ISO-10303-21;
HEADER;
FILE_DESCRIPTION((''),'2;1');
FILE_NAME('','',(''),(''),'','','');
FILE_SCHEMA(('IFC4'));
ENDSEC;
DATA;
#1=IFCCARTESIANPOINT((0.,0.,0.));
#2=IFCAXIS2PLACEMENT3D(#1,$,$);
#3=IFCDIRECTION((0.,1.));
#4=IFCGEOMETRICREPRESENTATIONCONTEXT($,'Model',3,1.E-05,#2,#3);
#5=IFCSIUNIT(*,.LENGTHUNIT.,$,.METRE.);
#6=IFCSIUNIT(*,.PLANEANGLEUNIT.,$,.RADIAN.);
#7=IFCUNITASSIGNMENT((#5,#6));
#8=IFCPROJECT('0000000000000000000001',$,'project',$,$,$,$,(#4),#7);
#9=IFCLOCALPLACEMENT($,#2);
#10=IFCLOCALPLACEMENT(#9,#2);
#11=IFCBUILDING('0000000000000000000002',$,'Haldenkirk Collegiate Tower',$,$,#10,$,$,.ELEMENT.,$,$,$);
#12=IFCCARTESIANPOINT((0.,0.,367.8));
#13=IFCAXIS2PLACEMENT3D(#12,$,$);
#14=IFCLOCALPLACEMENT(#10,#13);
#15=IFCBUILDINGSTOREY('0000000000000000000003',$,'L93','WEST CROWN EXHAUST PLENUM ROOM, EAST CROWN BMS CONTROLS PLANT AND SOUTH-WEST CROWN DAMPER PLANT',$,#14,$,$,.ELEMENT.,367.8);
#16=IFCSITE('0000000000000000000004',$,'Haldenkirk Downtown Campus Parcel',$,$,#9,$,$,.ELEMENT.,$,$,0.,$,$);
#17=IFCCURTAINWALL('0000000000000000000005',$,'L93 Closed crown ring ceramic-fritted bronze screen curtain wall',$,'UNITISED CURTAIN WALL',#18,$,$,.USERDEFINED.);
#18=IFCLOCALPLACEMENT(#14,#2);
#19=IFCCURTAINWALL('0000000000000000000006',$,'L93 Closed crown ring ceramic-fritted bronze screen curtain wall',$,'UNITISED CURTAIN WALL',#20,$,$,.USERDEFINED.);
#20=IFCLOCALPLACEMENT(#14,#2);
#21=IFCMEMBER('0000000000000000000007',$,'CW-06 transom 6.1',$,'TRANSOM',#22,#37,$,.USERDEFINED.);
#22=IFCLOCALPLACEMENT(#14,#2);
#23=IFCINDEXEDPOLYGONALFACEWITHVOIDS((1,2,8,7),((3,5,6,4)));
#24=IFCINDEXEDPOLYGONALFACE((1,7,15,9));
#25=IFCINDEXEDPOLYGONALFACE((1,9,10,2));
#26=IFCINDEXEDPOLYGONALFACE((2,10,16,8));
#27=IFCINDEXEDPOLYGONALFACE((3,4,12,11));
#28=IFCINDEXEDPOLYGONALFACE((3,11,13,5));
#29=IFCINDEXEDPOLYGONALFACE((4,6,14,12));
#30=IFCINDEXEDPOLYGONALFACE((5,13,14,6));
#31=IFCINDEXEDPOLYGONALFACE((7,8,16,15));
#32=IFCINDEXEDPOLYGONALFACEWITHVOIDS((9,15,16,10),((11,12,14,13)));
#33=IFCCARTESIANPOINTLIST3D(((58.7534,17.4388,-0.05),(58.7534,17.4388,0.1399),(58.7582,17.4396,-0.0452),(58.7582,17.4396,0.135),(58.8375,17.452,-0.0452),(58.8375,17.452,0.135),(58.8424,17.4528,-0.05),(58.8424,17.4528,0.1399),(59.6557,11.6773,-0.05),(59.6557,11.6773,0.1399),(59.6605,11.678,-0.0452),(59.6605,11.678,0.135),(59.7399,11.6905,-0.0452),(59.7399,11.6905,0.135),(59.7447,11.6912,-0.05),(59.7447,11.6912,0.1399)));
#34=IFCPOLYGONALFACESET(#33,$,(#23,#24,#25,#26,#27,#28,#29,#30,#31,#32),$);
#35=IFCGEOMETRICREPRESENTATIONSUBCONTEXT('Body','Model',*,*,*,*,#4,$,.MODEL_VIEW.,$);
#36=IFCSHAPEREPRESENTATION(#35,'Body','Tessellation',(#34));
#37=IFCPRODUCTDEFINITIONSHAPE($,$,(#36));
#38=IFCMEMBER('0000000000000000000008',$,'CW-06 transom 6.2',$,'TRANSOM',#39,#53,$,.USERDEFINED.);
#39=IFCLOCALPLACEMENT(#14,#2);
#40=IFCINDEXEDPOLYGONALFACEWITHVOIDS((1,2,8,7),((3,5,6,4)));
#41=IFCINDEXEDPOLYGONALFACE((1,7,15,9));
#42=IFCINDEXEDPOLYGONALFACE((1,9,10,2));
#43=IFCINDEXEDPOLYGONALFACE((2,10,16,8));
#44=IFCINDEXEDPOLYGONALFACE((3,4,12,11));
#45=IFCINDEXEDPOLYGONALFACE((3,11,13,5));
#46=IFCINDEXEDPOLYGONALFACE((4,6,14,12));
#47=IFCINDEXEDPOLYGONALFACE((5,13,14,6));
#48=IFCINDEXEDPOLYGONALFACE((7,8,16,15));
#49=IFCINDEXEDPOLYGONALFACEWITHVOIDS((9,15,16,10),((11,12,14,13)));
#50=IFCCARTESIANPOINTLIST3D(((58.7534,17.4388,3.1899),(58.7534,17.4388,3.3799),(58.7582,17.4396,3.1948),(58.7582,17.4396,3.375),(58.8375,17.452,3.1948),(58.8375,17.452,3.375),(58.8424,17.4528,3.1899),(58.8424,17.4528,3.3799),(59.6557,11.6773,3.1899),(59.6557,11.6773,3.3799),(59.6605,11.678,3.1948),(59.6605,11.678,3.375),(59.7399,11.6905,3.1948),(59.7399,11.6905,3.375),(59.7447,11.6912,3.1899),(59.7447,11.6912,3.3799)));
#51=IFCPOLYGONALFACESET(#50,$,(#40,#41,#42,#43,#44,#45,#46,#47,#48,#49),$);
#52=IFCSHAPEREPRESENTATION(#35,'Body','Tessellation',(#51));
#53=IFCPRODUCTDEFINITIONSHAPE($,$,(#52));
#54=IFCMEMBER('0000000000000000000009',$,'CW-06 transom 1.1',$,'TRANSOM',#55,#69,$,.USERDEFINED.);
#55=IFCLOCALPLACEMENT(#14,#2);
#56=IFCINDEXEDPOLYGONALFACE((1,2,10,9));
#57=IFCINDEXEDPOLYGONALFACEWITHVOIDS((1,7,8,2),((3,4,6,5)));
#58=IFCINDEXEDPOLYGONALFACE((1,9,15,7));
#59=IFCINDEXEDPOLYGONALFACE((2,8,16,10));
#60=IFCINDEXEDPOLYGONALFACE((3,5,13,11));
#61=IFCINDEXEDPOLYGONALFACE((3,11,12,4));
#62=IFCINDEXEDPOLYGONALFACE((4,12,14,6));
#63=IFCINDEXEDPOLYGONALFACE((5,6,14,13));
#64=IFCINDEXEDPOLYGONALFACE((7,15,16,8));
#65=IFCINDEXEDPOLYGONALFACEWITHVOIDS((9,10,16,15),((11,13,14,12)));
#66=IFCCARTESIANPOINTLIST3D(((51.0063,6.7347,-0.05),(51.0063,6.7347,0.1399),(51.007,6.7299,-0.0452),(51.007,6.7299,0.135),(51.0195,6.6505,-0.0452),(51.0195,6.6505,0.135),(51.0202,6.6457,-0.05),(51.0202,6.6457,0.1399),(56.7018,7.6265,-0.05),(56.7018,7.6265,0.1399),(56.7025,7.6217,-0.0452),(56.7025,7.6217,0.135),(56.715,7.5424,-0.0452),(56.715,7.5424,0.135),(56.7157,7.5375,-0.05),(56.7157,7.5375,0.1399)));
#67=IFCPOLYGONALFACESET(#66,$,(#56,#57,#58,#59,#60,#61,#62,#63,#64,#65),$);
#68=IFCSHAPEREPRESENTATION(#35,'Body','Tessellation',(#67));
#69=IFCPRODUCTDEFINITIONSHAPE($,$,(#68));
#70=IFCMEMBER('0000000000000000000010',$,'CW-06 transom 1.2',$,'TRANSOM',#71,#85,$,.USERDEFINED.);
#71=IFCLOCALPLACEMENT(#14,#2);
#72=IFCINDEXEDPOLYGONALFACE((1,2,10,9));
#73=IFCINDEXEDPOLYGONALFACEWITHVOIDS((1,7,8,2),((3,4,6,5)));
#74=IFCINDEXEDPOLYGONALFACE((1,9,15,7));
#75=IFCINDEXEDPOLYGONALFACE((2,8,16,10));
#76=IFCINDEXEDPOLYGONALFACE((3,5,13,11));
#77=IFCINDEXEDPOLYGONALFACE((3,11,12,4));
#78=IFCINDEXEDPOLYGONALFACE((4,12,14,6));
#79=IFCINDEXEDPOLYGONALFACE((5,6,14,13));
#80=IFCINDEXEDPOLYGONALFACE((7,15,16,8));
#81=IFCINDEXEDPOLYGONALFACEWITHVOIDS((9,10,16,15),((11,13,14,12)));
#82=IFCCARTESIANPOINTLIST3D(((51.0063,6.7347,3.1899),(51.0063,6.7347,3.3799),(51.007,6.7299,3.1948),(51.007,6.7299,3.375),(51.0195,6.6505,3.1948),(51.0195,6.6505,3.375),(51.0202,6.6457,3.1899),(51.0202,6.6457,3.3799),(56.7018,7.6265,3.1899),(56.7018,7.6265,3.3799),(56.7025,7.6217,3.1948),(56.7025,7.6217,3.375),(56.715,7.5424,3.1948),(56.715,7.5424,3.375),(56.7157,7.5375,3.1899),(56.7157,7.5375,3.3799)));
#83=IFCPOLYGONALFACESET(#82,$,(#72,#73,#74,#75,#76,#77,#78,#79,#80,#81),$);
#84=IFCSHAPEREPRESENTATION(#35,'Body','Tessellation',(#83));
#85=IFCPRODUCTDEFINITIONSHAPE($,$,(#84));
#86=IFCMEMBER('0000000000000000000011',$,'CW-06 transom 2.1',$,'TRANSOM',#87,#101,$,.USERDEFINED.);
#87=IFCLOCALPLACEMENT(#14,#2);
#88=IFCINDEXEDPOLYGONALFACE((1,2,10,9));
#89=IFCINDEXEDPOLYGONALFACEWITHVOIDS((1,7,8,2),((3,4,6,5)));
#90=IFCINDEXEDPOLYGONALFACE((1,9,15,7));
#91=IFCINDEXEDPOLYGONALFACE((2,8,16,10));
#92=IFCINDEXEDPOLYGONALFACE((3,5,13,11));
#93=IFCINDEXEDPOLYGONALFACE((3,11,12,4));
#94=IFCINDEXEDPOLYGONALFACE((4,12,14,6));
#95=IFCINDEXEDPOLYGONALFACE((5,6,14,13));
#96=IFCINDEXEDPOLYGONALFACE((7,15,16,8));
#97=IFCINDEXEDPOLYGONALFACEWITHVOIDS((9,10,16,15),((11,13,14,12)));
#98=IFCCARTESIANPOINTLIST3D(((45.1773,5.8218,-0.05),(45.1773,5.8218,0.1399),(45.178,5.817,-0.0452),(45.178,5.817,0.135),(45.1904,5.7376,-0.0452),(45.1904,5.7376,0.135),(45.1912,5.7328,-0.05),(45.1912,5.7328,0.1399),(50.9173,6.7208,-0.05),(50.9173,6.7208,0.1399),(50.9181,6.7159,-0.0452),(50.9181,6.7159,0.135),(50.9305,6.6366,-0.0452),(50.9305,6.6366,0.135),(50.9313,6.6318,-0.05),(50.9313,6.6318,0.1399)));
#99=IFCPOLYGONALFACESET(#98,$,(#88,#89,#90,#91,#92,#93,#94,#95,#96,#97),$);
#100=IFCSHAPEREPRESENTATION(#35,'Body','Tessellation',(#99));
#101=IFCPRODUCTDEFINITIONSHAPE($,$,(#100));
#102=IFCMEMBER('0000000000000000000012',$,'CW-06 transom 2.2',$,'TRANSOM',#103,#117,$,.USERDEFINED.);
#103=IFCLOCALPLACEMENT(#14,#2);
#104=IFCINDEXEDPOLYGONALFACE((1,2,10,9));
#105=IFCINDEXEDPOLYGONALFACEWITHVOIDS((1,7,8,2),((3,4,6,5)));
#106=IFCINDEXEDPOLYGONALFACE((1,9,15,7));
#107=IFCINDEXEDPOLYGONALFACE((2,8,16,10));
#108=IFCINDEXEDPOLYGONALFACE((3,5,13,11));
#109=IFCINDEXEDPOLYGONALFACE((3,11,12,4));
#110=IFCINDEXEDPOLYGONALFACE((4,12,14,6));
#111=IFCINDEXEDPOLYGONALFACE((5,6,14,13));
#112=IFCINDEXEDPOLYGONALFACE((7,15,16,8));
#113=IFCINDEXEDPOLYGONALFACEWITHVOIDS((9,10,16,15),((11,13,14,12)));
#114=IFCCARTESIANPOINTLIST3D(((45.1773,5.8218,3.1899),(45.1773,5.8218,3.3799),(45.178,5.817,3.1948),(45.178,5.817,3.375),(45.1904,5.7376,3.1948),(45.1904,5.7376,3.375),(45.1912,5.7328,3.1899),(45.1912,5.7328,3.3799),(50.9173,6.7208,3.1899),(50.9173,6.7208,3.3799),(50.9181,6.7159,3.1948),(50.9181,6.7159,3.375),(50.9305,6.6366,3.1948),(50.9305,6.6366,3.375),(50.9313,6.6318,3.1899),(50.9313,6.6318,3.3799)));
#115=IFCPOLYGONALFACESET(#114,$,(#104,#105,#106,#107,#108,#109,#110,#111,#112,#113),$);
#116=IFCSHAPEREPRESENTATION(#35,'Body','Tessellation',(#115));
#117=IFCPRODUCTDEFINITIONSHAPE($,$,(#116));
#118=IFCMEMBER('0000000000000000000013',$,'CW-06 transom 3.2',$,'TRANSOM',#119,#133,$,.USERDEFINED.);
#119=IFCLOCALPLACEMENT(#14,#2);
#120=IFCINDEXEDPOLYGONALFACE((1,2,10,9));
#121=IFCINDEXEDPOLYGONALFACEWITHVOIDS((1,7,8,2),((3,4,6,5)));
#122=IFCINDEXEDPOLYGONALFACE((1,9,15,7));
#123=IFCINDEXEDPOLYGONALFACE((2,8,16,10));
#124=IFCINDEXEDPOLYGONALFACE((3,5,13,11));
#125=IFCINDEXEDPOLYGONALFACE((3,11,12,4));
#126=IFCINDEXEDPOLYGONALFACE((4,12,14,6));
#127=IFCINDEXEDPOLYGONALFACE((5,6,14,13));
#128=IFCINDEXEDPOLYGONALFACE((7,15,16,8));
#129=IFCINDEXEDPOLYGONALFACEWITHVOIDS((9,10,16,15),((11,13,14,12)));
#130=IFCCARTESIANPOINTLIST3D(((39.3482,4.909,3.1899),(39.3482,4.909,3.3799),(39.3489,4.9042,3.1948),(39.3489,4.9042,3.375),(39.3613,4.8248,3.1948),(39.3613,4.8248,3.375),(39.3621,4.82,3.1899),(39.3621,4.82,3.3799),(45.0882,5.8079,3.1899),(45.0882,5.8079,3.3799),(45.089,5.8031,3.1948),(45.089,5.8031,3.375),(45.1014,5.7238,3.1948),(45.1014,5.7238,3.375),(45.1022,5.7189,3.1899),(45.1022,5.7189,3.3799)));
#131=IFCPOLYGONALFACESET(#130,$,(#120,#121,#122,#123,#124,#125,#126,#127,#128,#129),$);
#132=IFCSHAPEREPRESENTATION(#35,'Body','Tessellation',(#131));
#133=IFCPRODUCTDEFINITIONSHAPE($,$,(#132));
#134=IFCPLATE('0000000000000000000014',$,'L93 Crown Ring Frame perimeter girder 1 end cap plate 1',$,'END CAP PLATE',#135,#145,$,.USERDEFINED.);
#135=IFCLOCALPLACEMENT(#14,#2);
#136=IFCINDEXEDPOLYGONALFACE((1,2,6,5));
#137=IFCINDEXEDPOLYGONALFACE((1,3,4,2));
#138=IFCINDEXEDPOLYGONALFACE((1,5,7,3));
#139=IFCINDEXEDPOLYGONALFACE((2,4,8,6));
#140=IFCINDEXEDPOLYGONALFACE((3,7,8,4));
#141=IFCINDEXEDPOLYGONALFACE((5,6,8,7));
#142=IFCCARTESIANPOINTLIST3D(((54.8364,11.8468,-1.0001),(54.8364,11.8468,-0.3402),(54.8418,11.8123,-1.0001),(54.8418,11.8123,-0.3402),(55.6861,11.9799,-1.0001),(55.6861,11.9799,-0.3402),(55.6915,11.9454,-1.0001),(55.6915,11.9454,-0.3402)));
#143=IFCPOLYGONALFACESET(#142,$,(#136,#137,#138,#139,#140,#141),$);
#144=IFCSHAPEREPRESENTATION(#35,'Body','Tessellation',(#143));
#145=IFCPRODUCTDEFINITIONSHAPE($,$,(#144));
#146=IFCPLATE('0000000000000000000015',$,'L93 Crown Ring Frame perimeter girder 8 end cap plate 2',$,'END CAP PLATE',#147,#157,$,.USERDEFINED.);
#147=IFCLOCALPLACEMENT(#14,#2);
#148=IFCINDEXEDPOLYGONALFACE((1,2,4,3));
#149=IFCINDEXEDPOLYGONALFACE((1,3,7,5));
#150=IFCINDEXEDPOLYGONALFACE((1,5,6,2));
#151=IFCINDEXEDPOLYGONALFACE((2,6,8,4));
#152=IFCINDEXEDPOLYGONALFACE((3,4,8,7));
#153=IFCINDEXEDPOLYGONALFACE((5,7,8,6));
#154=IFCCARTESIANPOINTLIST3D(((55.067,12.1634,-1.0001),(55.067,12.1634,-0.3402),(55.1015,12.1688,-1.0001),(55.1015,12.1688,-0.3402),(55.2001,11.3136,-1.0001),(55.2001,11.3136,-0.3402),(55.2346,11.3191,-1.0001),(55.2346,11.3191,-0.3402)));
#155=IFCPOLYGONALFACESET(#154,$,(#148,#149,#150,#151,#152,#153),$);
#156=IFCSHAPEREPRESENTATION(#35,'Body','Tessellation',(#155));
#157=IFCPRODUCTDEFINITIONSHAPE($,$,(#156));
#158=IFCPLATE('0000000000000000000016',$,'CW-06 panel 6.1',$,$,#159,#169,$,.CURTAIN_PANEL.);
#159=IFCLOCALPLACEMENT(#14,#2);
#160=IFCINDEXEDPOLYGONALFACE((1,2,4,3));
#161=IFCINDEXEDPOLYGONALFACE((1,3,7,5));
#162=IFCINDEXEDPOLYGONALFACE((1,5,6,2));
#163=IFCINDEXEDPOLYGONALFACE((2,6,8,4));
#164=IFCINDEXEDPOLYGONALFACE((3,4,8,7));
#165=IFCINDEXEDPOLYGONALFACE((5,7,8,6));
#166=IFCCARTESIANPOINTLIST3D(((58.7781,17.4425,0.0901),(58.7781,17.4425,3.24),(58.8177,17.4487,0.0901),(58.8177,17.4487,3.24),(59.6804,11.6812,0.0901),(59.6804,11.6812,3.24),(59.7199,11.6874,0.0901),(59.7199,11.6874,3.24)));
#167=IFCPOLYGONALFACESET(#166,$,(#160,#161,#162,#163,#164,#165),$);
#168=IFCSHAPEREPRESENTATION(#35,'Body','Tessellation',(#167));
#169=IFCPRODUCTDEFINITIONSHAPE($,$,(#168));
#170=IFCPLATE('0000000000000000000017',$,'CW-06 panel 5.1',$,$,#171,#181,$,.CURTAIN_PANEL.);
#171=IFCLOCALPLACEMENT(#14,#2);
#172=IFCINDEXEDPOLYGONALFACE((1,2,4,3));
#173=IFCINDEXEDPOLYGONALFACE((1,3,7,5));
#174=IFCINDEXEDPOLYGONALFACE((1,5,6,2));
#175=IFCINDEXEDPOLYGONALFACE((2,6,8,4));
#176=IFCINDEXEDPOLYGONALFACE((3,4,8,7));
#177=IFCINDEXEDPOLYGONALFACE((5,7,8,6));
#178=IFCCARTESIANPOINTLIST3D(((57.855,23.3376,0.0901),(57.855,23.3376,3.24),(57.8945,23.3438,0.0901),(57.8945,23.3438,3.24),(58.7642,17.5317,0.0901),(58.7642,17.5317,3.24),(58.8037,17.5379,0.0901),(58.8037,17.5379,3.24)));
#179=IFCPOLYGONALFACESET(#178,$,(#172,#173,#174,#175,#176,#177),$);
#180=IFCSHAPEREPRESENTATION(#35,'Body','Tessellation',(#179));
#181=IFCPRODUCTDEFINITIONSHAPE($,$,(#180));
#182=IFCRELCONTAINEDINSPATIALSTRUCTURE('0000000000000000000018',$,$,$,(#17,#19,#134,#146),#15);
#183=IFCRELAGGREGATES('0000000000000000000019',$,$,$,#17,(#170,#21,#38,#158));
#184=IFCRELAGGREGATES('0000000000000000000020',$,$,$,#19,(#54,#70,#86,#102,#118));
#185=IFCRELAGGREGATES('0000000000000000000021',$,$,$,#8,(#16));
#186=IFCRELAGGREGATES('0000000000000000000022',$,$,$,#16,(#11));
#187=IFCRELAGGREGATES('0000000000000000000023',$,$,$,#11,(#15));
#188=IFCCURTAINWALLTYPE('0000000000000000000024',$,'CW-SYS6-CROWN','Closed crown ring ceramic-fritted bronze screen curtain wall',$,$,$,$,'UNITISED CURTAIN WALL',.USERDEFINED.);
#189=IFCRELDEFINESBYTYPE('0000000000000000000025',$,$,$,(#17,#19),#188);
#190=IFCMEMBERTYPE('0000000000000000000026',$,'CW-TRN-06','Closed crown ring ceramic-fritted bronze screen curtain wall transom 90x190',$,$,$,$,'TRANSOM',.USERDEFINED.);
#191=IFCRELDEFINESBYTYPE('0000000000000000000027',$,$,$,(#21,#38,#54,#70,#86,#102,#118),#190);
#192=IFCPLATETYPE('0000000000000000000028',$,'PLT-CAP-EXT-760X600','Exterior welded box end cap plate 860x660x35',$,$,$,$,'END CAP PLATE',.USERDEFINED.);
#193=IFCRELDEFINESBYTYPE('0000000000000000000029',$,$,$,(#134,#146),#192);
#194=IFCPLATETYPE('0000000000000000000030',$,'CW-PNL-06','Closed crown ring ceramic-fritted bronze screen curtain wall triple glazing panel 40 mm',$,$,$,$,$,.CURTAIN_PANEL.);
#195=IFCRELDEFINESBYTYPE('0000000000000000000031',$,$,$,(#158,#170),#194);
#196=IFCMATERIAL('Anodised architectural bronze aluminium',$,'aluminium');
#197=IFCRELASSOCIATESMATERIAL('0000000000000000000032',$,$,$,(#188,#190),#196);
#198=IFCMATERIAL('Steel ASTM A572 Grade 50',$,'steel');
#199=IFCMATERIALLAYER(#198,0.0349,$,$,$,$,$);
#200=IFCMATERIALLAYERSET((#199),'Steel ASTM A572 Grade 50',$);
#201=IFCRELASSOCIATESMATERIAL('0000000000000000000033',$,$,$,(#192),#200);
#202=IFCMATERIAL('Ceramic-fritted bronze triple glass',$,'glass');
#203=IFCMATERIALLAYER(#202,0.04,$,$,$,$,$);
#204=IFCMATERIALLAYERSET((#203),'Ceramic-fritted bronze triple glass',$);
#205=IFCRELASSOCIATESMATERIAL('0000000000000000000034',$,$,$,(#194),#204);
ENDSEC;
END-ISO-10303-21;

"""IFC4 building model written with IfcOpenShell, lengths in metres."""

from ifc_helpers import new_model, si_unit, direction, frame, origin, origin_2d, place, context, subcontext, project, spatial, rectangle, hollow_rectangle, extrude, source, transform, mapped, material, layer, layer_set, material_profile, profile_set, type_object, element, aggregate, save


model = new_model("IFC4")

# Units and contexts
model_context = context("Model", 3, precision=1e-05, world=origin(), true_north=direction((0.0, 1.0)))
body_context = subcontext(model_context, "Body", "Model", "MODEL_VIEW")
ifc_project = project(units=[si_unit("LENGTHUNIT", "METRE"), si_unit("PLANEANGLEUNIT", "RADIAN")], contexts=[model_context])

# Site, building, storey
site_placement = place(None, origin())
site = spatial("IfcSite", under=ifc_project, at=site_placement, Name="Haldenkirk Downtown Campus Parcel", CompositionType="ELEMENT", RefElevation=0.0)
building_placement = place(site_placement, origin())
building = spatial("IfcBuilding", under=site, at=building_placement, Name="Haldenkirk Collegiate Tower", CompositionType="ELEMENT")
storey_placement = place(building_placement, frame((0.0, 0.0, 367.8)))
storey = spatial("IfcBuildingStorey", under=building, at=storey_placement, Name="L93", Description="WEST CROWN EXHAUST PLENUM ROOM, EAST CROWN BMS CONTROLS PLANT AND SOUTH-WEST CROWN DAMPER PLANT", CompositionType="ELEMENT", Elevation=367.8)

# Shared definitions
ifc_material_1 = material(Name="Steel ASTM A572 Grade 50", Category="steel")

# Curtain walls
ifc_material_2 = material(Name="Anodised architectural bronze aluminium", Category="aluminium")
curtain_wall_type = type_object("IfcCurtainWallType", Name="CW-SYS6-CROWN", Description="Closed crown ring ceramic-fritted bronze screen curtain wall", ElementType="UNITISED CURTAIN WALL", PredefinedType="USERDEFINED", material=ifc_material_2)
curtain_wall_1_placement = place(storey_placement, origin())
curtain_wall_1 = element("IfcCurtainWall", 1, at=curtain_wall_1_placement, inside=storey, type_object=curtain_wall_type, Name="L93 Closed crown ring ceramic-fritted bronze screen curtain wall", ObjectType="UNITISED CURTAIN WALL", PredefinedType="USERDEFINED")
curtain_wall_2_placement = place(storey_placement, origin())
curtain_wall_2 = element("IfcCurtainWall", 2, at=curtain_wall_2_placement, inside=storey, type_object=curtain_wall_type, Name="L93 Closed crown ring ceramic-fritted bronze screen curtain wall", ObjectType="UNITISED CURTAIN WALL", PredefinedType="USERDEFINED")

# Members
ifc_material_profile_1 = material_profile(ifc_material_2, hollow_rectangle(XDim=0.0901, YDim=0.1899, WallThickness=0.0049, at=origin_2d()), Name="CW-TRN-06")
ifc_profile_set_1 = profile_set([ifc_material_profile_1], Name="Anodised architectural bronze aluminium")
member_type_1 = type_object("IfcMemberType", Name="CW-TRN-06", Description="Closed crown ring ceramic-fritted bronze screen curtain wall transom 90x190", ElementType="TRANSOM", PredefinedType="USERDEFINED", material=ifc_profile_set_1)
member_1_placement = place(storey_placement, frame((58.7979, 17.4458, 0.0449), z_axis=(0.154731, -0.987957, 0.0), x_axis=(0.987957, 0.154731, 0.0)))
member_1 = element("IfcMember", 3, at=member_1_placement, type_object=member_type_1, Name="CW-06 transom 6.1", ObjectType="TRANSOM", PredefinedType="USERDEFINED", context=body_context, shape_type="SweptSolid", body=[
    extrude(hollow_rectangle(XDim=0.0901, YDim=0.1899, WallThickness=0.0049, at=origin_2d()), origin(), (0.0, 0.0, 1.0), 5.8318),
])
member_2_placement = place(storey_placement, frame((58.7979, 17.4458, 3.2849), z_axis=(0.154731, -0.987957, 0.0), x_axis=(0.987957, 0.154731, 0.0)))
member_2 = element("IfcMember", 4, at=member_2_placement, type_object=member_type_1, Name="CW-06 transom 6.2", ObjectType="TRANSOM", PredefinedType="USERDEFINED", context=body_context, shape_type="SweptSolid", body=[
    extrude(hollow_rectangle(XDim=0.0901, YDim=0.1899, WallThickness=0.0049, at=origin_2d()), origin(), (0.0, 0.0, 1.0), 5.8318),
])
member_3_placement = place(storey_placement, frame((56.7087, 7.582, 0.0449), z_axis=(-0.987961, -0.154701, 0.0), x_axis=(0.154701, -0.987961, 0.0)))
member_3 = element("IfcMember", 5, at=member_3_placement, type_object=member_type_1, Name="CW-06 transom 1.1", ObjectType="TRANSOM", PredefinedType="USERDEFINED", context=body_context, shape_type="SweptSolid", body=[
    extrude(hollow_rectangle(XDim=0.0901, YDim=0.1899, WallThickness=0.0049, at=origin_2d()), origin(), (0.0, 0.0, 1.0), 5.7649),
])
member_4_placement = place(storey_placement, frame((56.7087, 7.582, 3.2849), z_axis=(-0.987961, -0.154701, 0.0), x_axis=(0.154701, -0.987961, 0.0)))
member_4 = element("IfcMember", 6, at=member_4_placement, type_object=member_type_1, Name="CW-06 transom 1.2", ObjectType="TRANSOM", PredefinedType="USERDEFINED", context=body_context, shape_type="SweptSolid", body=[
    extrude(hollow_rectangle(XDim=0.0901, YDim=0.1899, WallThickness=0.0049, at=origin_2d()), origin(), (0.0, 0.0, 1.0), 5.7649),
])
member_5_placement = place(storey_placement, frame((50.9243, 6.6763, 0.0449), z_axis=(-0.987958, -0.154722, 0.0), x_axis=(0.154722, -0.987958, 0.0)))
member_5 = element("IfcMember", 7, at=member_5_placement, type_object=member_type_1, Name="CW-06 transom 2.1", ObjectType="TRANSOM", PredefinedType="USERDEFINED", context=body_context, shape_type="SweptSolid", body=[
    extrude(hollow_rectangle(XDim=0.0901, YDim=0.1899, WallThickness=0.0049, at=origin_2d()), origin(), (0.0, 0.0, 1.0), 5.8101),
])
member_6_placement = place(storey_placement, frame((50.9243, 6.6763, 3.2849), z_axis=(-0.987958, -0.154722, 0.0), x_axis=(0.154722, -0.987958, 0.0)))
member_6 = element("IfcMember", 8, at=member_6_placement, type_object=member_type_1, Name="CW-06 transom 2.2", ObjectType="TRANSOM", PredefinedType="USERDEFINED", context=body_context, shape_type="SweptSolid", body=[
    extrude(hollow_rectangle(XDim=0.0901, YDim=0.1899, WallThickness=0.0049, at=origin_2d()), origin(), (0.0, 0.0, 1.0), 5.8101),
])
member_7_placement = place(storey_placement, frame((45.0952, 5.7634, 3.2849), z_axis=(-0.987958, -0.154722, 0.0), x_axis=(0.154722, -0.987958, 0.0)))
member_7 = element("IfcMember", 9, at=member_7_placement, type_object=member_type_1, Name="CW-06 transom 3.2", ObjectType="TRANSOM", PredefinedType="USERDEFINED", context=body_context, shape_type="SweptSolid", body=[
    extrude(hollow_rectangle(XDim=0.0901, YDim=0.1899, WallThickness=0.0049, at=origin_2d()), origin(), (0.0, 0.0, 1.0), 5.8101),
])

# Plates
ifc_layer_1 = layer(ifc_material_1, 0.0349)
ifc_layer_set_1 = layer_set([ifc_layer_1], Name="Steel ASTM A572 Grade 50")
plate_type_1 = type_object("IfcPlateType", Name="PLT-CAP-EXT-760X600", Description="Exterior welded box end cap plate 860x660x35", ElementType="END CAP PLATE", PredefinedType="USERDEFINED", material=ifc_layer_set_1)
shared_shape_1 = source(origin(), body_context, "Body", "SweptSolid", [
    extrude(rectangle(XDim=0.8601, YDim=0.6599, at=origin_2d()), origin(), (0.0, 0.0, 1.0), 0.0349),
])
for number, where, z_axis, x_axis, name in (
    (10, (55.2612, 11.9133, -0.6702), (0.154711, -0.98796, 0.0), (0.98796, 0.154711, 0.0), "L93 Crown Ring Frame perimeter girder 1 end cap plate 1"),
    (11, (55.1335, 11.7385, -0.6702), (0.987959, 0.154713, 0.0), (-0.154713, 0.987959, 0.0), "L93 Crown Ring Frame perimeter girder 8 end cap plate 2"),
):
    element("IfcPlate", number, at=place(storey_placement, frame(where, z_axis=z_axis, x_axis=x_axis)), inside=storey, type_object=plate_type_1, Name=name, ObjectType="END CAP PLATE", PredefinedType="USERDEFINED", context=body_context, shape_type="MappedRepresentation", body=[
        mapped(shared_shape_1, transform((0.0, 0.0, 0.0), x_axis=(1.0, 0.0, 0.0), y_axis=(0.0, 1.0, 0.0), z_axis=(0.0, 0.0, 1.0), scale=1.0)),
    ])

# Plates
ifc_material_3 = material(Name="Ceramic-fritted bronze triple glass", Category="glass")
ifc_layer_2 = layer(ifc_material_3, 0.04)
ifc_layer_set_2 = layer_set([ifc_layer_2], Name="Ceramic-fritted bronze triple glass")
plate_type_2 = type_object("IfcPlateType", Name="CW-PNL-06", Description="Closed crown ring ceramic-fritted bronze screen curtain wall triple glazing panel 40 mm", PredefinedType="CURTAIN_PANEL", material=ifc_layer_set_2)
shared_shape_2 = source(origin(), body_context, "Body", "SweptSolid", [
    extrude(rectangle(XDim=5.8315, YDim=0.04, at=origin_2d()), origin(), (0.0, 0.0, 1.0), 3.1499),
])
plate_1_placement = place(storey_placement, frame((59.249, 14.5649, 0.0901), z_axis=(0.0, 0.0, 1.0), x_axis=(0.154713, -0.98796, 0.0)))
plate_1 = element("IfcPlate", 12, at=plate_1_placement, type_object=plate_type_2, Name="CW-06 panel 6.1", PredefinedType="CURTAIN_PANEL", context=body_context, shape_type="MappedRepresentation", body=[
    mapped(shared_shape_2, transform((0.0, 0.0, 0.0), x_axis=(1.0, 0.0, 0.0), y_axis=(0.0, 1.0, 0.0), z_axis=(0.0, 0.0, 1.0), scale=1.0)),
])
shared_shape_3 = source(origin(), body_context, "Body", "SweptSolid", [
    extrude(rectangle(XDim=5.8767, YDim=0.04, at=origin_2d()), origin(), (0.0, 0.0, 1.0), 3.1499),
])
plate_2_placement = place(storey_placement, frame((58.3293, 20.4377, 0.0901), z_axis=(0.0, 0.0, 1.0), x_axis=(0.154713, -0.98796, 0.0)))
plate_2 = element("IfcPlate", 13, at=plate_2_placement, type_object=plate_type_2, Name="CW-06 panel 5.1", PredefinedType="CURTAIN_PANEL", context=body_context, shape_type="MappedRepresentation", body=[
    mapped(shared_shape_3, transform((0.0, 0.0, 0.0), x_axis=(1.0, 0.0, 0.0), y_axis=(0.0, 1.0, 0.0), z_axis=(0.0, 0.0, 1.0), scale=1.0)),
])
aggregate(curtain_wall_1, [plate_2, member_1, member_2, plate_1])
aggregate(curtain_wall_2, [member_3, member_4, member_5, member_6, member_7])

save(model, "model.ifc")
